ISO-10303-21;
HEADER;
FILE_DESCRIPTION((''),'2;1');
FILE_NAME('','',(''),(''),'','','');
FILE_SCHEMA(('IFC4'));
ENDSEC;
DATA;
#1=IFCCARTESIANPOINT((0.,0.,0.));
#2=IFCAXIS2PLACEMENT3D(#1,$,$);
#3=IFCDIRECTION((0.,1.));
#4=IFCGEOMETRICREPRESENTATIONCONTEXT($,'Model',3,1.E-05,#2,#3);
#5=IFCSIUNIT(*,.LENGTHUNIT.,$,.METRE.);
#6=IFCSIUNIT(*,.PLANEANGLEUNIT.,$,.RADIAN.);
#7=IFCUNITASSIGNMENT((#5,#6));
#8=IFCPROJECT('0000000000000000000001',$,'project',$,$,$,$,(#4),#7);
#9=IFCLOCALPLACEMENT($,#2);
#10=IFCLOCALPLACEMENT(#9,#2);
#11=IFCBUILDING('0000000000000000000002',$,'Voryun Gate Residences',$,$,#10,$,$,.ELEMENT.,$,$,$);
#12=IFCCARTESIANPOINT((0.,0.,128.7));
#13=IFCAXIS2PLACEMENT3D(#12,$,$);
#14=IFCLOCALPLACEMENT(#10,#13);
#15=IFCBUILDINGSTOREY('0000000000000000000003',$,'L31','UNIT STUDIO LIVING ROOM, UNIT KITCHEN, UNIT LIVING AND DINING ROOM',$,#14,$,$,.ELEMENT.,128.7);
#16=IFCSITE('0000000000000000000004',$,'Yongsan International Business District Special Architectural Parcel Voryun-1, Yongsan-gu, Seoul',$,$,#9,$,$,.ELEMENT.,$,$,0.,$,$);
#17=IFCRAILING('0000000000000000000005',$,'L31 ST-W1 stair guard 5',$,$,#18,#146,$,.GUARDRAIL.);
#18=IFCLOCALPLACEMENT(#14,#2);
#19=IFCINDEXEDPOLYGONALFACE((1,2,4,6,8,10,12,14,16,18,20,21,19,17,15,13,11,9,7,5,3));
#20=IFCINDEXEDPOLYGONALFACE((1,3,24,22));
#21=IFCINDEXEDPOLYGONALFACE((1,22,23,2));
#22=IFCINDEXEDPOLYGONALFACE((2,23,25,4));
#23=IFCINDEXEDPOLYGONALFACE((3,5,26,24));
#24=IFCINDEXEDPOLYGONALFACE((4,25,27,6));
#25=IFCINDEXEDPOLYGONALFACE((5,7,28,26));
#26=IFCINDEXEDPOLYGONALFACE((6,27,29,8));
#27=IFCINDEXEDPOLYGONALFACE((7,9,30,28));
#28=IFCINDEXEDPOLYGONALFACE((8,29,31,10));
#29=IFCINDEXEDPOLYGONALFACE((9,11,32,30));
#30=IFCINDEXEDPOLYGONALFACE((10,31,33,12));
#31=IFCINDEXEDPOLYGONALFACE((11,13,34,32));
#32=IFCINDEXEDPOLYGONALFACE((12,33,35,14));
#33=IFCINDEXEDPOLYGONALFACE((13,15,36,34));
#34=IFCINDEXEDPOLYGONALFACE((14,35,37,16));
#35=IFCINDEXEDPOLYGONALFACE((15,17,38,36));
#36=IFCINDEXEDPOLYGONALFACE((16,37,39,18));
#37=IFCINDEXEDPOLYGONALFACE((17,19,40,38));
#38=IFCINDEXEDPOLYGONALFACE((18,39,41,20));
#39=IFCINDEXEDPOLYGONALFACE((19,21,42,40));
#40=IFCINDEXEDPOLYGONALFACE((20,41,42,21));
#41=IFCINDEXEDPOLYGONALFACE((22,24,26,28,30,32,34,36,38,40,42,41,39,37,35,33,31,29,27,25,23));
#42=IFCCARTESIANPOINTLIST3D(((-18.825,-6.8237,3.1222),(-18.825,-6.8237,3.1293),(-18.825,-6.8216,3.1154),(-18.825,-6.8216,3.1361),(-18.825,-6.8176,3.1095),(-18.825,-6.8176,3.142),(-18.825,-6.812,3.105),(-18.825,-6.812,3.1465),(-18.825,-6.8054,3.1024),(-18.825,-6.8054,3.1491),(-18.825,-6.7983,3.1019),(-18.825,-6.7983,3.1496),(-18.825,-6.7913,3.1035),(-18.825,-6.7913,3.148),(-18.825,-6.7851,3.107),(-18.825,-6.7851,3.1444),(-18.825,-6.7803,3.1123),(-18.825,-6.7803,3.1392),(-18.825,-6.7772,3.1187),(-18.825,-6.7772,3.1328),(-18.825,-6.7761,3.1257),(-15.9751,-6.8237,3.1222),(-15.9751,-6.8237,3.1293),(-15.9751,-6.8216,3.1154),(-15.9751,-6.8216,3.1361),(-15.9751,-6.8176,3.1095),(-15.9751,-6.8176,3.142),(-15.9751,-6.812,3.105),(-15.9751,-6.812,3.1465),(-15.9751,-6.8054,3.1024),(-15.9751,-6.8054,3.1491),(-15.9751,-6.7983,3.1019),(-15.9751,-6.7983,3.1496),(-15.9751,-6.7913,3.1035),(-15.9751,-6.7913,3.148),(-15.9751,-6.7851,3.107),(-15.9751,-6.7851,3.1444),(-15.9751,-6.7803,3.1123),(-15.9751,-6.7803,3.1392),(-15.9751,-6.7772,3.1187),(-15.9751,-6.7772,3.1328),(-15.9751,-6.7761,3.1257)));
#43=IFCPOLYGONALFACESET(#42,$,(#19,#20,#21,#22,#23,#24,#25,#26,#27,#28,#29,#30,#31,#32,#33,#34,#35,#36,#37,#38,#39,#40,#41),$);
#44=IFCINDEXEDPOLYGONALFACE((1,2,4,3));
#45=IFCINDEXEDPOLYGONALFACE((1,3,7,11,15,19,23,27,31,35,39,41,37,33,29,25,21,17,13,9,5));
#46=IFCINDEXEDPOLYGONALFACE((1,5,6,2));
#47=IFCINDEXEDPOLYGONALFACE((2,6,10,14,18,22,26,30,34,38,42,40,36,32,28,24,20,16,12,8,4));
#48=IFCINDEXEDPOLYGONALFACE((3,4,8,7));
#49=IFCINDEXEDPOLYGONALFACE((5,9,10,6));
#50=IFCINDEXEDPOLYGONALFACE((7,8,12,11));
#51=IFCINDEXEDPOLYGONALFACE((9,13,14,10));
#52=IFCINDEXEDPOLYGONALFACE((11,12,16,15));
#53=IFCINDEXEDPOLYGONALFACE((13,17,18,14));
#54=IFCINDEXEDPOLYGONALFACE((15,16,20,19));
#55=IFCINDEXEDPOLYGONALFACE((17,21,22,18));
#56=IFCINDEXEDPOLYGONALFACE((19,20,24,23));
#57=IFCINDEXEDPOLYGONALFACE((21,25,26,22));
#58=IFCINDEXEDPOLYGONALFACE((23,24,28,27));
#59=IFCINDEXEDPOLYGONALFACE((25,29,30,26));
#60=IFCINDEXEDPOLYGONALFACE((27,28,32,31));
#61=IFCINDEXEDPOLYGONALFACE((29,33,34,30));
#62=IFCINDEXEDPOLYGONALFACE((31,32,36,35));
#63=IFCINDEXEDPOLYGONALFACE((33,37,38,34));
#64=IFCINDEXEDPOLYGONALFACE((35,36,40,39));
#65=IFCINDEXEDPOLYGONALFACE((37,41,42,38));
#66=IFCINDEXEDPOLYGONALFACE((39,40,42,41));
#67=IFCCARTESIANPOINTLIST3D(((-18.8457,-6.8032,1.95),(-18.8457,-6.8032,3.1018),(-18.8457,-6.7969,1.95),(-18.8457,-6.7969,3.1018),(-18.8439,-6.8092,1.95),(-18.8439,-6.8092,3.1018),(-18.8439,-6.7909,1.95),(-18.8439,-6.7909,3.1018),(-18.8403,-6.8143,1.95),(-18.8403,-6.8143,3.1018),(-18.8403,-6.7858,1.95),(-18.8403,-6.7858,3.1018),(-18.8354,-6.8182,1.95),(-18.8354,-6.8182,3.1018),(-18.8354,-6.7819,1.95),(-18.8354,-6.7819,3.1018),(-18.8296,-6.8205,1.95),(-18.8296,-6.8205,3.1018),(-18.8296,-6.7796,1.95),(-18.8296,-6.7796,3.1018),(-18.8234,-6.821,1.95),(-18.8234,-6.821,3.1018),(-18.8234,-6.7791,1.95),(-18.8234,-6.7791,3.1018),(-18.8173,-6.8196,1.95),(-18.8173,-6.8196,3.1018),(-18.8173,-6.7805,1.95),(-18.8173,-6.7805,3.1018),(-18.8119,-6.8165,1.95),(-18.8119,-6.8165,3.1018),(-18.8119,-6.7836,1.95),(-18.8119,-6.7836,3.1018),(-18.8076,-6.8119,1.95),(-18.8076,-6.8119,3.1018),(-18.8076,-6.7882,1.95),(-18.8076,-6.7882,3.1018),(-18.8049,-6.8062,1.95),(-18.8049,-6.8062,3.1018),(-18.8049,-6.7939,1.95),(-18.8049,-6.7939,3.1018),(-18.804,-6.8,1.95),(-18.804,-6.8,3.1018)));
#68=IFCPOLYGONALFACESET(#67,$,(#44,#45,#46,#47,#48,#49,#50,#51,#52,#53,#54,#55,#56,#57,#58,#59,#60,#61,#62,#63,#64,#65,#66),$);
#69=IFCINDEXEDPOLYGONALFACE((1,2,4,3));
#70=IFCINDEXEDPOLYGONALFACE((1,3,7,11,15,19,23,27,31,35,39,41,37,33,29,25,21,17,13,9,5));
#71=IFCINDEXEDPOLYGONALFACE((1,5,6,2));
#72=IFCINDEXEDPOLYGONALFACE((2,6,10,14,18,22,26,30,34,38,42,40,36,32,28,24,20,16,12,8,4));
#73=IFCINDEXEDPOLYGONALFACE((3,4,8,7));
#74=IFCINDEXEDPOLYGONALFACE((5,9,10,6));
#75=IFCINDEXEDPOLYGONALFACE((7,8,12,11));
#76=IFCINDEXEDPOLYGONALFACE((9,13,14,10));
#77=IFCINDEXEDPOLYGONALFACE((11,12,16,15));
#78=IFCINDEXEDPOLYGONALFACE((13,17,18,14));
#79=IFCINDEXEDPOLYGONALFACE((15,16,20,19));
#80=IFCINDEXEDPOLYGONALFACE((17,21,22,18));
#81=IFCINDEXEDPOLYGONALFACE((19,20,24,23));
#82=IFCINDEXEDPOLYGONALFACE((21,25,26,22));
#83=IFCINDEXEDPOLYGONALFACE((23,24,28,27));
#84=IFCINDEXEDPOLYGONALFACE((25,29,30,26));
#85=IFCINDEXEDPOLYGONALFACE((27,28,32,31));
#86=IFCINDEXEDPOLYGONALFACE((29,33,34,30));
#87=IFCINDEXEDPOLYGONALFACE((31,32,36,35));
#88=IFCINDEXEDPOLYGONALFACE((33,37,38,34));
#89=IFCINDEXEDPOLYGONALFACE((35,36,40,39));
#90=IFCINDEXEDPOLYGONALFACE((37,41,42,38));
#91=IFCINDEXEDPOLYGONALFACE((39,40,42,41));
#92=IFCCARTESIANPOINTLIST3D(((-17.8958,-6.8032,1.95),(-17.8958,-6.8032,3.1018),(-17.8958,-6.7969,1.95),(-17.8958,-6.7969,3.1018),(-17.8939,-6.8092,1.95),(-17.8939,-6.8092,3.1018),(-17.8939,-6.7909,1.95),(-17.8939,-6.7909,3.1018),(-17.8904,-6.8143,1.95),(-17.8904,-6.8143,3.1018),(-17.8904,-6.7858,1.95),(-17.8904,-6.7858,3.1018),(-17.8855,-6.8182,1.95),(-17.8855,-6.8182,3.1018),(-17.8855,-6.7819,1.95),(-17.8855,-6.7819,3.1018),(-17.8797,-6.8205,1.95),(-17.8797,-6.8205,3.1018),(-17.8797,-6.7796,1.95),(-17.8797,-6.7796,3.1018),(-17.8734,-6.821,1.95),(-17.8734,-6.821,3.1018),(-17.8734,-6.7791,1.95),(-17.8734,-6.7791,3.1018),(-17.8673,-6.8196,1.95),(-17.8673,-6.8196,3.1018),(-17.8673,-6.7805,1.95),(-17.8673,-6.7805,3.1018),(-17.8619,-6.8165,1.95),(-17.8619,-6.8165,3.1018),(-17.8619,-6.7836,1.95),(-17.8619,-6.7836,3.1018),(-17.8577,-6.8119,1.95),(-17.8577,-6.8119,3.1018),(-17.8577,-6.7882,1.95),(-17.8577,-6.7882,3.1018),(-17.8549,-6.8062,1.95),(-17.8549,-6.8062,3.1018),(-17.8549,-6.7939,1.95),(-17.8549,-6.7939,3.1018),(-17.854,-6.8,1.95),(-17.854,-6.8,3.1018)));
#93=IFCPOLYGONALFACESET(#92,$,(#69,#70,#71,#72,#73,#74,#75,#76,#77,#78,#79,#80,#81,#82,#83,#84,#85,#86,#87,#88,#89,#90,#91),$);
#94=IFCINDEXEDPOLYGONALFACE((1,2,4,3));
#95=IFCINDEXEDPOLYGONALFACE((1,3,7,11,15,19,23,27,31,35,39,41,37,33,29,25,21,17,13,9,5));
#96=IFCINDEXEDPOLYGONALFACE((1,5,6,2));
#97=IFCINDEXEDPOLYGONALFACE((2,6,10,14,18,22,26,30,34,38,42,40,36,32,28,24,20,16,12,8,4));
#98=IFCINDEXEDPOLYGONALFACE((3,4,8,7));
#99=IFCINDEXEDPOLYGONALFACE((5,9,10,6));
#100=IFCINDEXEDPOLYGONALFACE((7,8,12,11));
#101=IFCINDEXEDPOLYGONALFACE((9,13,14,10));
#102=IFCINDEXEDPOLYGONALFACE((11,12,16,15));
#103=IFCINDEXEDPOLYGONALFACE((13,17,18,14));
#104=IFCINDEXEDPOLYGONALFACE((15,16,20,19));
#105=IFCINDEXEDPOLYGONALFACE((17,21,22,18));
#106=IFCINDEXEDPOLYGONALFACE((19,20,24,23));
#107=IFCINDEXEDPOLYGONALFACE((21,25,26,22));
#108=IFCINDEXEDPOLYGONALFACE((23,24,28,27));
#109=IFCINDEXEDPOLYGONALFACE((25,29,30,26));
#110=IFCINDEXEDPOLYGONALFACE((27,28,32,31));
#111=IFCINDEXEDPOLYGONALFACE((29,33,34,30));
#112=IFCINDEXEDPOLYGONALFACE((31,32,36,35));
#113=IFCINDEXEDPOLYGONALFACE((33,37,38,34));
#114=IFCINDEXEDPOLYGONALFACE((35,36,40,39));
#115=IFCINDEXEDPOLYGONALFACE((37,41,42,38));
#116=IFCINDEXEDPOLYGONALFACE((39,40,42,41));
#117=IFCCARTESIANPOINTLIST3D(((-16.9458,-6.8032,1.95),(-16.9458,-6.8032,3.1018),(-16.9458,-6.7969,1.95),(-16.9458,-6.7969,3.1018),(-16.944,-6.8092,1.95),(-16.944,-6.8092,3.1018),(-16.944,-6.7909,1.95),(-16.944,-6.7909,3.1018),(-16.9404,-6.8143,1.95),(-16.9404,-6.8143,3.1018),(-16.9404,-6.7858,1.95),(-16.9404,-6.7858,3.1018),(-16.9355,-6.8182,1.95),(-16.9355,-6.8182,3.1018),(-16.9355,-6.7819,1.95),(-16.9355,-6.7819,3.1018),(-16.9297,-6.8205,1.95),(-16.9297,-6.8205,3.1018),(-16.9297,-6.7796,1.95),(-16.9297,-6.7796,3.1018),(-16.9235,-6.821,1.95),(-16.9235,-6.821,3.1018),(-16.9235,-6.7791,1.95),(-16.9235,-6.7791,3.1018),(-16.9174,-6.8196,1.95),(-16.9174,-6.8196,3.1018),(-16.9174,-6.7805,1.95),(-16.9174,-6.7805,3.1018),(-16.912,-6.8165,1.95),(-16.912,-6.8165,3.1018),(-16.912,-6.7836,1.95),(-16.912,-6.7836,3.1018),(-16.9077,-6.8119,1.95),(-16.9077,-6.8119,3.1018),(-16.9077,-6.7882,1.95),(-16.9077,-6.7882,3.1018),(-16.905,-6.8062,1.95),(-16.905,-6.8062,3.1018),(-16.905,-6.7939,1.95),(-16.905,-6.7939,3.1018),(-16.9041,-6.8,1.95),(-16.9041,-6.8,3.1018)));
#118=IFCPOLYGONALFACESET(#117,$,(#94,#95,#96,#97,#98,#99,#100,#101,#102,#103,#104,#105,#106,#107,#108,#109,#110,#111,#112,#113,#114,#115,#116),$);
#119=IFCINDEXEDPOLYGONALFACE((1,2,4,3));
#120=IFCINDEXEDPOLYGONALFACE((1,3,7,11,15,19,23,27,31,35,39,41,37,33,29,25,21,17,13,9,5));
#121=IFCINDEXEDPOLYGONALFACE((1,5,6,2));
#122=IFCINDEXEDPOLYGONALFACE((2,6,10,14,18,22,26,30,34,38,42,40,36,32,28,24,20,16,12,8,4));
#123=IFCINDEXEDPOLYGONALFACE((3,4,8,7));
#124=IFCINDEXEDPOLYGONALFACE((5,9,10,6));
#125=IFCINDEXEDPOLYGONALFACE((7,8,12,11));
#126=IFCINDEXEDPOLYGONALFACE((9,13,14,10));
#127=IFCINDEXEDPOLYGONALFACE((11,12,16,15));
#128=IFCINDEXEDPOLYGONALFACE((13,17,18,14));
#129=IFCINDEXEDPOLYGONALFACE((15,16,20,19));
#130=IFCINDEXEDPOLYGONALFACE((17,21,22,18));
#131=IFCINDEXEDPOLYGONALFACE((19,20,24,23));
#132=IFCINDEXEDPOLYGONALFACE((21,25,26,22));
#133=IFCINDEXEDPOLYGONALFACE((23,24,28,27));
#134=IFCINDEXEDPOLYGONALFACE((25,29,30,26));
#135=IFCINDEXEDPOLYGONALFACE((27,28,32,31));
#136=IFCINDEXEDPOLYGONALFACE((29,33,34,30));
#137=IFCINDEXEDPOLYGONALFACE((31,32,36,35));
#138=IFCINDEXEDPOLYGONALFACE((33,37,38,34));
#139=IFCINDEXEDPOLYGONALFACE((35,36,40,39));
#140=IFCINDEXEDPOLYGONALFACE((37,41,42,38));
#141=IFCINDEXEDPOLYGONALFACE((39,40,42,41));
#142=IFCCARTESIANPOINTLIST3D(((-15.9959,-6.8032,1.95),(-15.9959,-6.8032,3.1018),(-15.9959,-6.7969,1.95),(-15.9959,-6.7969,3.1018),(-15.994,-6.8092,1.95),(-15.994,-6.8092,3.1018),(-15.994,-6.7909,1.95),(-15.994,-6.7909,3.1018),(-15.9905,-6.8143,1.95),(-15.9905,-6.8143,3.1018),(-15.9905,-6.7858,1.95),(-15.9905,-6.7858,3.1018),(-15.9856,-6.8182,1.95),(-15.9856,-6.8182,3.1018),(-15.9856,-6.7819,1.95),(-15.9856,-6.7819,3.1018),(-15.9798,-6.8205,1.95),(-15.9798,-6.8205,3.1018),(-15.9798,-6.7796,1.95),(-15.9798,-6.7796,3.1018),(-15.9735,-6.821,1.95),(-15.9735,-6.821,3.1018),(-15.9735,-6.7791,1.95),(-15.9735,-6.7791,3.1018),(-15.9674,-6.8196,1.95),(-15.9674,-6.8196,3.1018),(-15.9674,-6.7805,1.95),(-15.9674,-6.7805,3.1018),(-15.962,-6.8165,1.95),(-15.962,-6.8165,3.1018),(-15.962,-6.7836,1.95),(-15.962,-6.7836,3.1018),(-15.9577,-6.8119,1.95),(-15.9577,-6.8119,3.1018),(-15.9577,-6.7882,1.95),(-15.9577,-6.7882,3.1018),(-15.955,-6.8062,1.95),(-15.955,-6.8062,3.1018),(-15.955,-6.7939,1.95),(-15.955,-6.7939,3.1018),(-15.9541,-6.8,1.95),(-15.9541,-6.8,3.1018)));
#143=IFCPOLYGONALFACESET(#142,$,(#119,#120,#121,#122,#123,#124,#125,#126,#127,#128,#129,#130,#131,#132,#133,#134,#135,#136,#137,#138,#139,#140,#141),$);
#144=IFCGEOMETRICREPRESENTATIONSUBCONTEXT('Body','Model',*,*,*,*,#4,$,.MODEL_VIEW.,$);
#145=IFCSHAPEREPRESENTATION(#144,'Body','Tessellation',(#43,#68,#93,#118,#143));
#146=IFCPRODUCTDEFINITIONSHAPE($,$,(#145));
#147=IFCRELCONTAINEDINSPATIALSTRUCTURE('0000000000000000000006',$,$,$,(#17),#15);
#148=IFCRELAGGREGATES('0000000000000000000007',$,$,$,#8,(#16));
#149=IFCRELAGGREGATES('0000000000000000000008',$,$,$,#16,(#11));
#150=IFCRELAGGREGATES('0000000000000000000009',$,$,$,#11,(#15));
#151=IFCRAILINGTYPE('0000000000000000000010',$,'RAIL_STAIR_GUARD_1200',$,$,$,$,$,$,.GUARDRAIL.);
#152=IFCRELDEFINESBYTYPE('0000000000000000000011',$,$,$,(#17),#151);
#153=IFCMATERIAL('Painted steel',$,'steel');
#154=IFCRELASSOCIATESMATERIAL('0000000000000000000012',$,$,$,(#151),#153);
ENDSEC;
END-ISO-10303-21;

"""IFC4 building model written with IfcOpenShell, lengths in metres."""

from ifc_helpers import new_model, si_unit, direction, frame, origin, origin_2d, place, context, subcontext, project, spatial, circle, extrude, material, type_object, element, save


model = new_model("IFC4")

# Units and contexts
model_context = context("Model", 3, precision=1e-05, world=origin(), true_north=direction((0.0, 1.0)))
body_context = subcontext(model_context, "Body", "Model", "MODEL_VIEW")
ifc_project = project(units=[si_unit("LENGTHUNIT", "METRE"), si_unit("PLANEANGLEUNIT", "RADIAN")], contexts=[model_context])

# Site, building, storey
site_placement = place(None, origin())
site = spatial("IfcSite", under=ifc_project, at=site_placement, Name="Yongsan International Business District Special Architectural Parcel Voryun-1, Yongsan-gu, Seoul", CompositionType="ELEMENT", RefElevation=0.0)
building_placement = place(site_placement, origin())
building = spatial("IfcBuilding", under=site, at=building_placement, Name="Voryun Gate Residences", CompositionType="ELEMENT")
storey_placement = place(building_placement, frame((0.0, 0.0, 128.7)))
storey = spatial("IfcBuildingStorey", under=building, at=storey_placement, Name="L31", Description="UNIT STUDIO LIVING ROOM, UNIT KITCHEN, UNIT LIVING AND DINING ROOM", CompositionType="ELEMENT", Elevation=128.7)

# Railing
ifc_material_1 = material(Name="Painted steel", Category="steel")
railing_type_1 = type_object("IfcRailingType", Name="RAIL_STAIR_GUARD_1200", PredefinedType="GUARDRAIL", material=ifc_material_1)
railing_1_placement = place(storey_placement, frame((-18.825, -6.8, 1.95)))
element("IfcRailing", 1, at=railing_1_placement, inside=storey, type_object=railing_type_1, Name="L31 ST-W1 stair guard 5", PredefinedType="GUARDRAIL", context=body_context, shape_type="SweptSolid", body=[
    extrude(circle(Radius=0.0239, at=origin_2d()), frame((0.0, 0.0, 1.1758), z_axis=(1.0, 0.0, 0.0), x_axis=(0.0, 1.0, 0.0)), (0.0, 0.0, 1.0), 2.8499),
    extrude(circle(Radius=0.021, at=origin_2d()), origin(), (0.0, 0.0, 1.0), 1.1519),
    extrude(circle(Radius=0.021, at=origin_2d()), frame((0.95, 0.0, 0.0)), (0.0, 0.0, 1.0), 1.1519),
    extrude(circle(Radius=0.021, at=origin_2d()), frame((1.8999, 0.0, 0.0)), (0.0, 0.0, 1.0), 1.1519),
    extrude(circle(Radius=0.021, at=origin_2d()), frame((2.8499, 0.0, 0.0)), (0.0, 0.0, 1.0), 1.1519),
])

save(model, "model.ifc")
